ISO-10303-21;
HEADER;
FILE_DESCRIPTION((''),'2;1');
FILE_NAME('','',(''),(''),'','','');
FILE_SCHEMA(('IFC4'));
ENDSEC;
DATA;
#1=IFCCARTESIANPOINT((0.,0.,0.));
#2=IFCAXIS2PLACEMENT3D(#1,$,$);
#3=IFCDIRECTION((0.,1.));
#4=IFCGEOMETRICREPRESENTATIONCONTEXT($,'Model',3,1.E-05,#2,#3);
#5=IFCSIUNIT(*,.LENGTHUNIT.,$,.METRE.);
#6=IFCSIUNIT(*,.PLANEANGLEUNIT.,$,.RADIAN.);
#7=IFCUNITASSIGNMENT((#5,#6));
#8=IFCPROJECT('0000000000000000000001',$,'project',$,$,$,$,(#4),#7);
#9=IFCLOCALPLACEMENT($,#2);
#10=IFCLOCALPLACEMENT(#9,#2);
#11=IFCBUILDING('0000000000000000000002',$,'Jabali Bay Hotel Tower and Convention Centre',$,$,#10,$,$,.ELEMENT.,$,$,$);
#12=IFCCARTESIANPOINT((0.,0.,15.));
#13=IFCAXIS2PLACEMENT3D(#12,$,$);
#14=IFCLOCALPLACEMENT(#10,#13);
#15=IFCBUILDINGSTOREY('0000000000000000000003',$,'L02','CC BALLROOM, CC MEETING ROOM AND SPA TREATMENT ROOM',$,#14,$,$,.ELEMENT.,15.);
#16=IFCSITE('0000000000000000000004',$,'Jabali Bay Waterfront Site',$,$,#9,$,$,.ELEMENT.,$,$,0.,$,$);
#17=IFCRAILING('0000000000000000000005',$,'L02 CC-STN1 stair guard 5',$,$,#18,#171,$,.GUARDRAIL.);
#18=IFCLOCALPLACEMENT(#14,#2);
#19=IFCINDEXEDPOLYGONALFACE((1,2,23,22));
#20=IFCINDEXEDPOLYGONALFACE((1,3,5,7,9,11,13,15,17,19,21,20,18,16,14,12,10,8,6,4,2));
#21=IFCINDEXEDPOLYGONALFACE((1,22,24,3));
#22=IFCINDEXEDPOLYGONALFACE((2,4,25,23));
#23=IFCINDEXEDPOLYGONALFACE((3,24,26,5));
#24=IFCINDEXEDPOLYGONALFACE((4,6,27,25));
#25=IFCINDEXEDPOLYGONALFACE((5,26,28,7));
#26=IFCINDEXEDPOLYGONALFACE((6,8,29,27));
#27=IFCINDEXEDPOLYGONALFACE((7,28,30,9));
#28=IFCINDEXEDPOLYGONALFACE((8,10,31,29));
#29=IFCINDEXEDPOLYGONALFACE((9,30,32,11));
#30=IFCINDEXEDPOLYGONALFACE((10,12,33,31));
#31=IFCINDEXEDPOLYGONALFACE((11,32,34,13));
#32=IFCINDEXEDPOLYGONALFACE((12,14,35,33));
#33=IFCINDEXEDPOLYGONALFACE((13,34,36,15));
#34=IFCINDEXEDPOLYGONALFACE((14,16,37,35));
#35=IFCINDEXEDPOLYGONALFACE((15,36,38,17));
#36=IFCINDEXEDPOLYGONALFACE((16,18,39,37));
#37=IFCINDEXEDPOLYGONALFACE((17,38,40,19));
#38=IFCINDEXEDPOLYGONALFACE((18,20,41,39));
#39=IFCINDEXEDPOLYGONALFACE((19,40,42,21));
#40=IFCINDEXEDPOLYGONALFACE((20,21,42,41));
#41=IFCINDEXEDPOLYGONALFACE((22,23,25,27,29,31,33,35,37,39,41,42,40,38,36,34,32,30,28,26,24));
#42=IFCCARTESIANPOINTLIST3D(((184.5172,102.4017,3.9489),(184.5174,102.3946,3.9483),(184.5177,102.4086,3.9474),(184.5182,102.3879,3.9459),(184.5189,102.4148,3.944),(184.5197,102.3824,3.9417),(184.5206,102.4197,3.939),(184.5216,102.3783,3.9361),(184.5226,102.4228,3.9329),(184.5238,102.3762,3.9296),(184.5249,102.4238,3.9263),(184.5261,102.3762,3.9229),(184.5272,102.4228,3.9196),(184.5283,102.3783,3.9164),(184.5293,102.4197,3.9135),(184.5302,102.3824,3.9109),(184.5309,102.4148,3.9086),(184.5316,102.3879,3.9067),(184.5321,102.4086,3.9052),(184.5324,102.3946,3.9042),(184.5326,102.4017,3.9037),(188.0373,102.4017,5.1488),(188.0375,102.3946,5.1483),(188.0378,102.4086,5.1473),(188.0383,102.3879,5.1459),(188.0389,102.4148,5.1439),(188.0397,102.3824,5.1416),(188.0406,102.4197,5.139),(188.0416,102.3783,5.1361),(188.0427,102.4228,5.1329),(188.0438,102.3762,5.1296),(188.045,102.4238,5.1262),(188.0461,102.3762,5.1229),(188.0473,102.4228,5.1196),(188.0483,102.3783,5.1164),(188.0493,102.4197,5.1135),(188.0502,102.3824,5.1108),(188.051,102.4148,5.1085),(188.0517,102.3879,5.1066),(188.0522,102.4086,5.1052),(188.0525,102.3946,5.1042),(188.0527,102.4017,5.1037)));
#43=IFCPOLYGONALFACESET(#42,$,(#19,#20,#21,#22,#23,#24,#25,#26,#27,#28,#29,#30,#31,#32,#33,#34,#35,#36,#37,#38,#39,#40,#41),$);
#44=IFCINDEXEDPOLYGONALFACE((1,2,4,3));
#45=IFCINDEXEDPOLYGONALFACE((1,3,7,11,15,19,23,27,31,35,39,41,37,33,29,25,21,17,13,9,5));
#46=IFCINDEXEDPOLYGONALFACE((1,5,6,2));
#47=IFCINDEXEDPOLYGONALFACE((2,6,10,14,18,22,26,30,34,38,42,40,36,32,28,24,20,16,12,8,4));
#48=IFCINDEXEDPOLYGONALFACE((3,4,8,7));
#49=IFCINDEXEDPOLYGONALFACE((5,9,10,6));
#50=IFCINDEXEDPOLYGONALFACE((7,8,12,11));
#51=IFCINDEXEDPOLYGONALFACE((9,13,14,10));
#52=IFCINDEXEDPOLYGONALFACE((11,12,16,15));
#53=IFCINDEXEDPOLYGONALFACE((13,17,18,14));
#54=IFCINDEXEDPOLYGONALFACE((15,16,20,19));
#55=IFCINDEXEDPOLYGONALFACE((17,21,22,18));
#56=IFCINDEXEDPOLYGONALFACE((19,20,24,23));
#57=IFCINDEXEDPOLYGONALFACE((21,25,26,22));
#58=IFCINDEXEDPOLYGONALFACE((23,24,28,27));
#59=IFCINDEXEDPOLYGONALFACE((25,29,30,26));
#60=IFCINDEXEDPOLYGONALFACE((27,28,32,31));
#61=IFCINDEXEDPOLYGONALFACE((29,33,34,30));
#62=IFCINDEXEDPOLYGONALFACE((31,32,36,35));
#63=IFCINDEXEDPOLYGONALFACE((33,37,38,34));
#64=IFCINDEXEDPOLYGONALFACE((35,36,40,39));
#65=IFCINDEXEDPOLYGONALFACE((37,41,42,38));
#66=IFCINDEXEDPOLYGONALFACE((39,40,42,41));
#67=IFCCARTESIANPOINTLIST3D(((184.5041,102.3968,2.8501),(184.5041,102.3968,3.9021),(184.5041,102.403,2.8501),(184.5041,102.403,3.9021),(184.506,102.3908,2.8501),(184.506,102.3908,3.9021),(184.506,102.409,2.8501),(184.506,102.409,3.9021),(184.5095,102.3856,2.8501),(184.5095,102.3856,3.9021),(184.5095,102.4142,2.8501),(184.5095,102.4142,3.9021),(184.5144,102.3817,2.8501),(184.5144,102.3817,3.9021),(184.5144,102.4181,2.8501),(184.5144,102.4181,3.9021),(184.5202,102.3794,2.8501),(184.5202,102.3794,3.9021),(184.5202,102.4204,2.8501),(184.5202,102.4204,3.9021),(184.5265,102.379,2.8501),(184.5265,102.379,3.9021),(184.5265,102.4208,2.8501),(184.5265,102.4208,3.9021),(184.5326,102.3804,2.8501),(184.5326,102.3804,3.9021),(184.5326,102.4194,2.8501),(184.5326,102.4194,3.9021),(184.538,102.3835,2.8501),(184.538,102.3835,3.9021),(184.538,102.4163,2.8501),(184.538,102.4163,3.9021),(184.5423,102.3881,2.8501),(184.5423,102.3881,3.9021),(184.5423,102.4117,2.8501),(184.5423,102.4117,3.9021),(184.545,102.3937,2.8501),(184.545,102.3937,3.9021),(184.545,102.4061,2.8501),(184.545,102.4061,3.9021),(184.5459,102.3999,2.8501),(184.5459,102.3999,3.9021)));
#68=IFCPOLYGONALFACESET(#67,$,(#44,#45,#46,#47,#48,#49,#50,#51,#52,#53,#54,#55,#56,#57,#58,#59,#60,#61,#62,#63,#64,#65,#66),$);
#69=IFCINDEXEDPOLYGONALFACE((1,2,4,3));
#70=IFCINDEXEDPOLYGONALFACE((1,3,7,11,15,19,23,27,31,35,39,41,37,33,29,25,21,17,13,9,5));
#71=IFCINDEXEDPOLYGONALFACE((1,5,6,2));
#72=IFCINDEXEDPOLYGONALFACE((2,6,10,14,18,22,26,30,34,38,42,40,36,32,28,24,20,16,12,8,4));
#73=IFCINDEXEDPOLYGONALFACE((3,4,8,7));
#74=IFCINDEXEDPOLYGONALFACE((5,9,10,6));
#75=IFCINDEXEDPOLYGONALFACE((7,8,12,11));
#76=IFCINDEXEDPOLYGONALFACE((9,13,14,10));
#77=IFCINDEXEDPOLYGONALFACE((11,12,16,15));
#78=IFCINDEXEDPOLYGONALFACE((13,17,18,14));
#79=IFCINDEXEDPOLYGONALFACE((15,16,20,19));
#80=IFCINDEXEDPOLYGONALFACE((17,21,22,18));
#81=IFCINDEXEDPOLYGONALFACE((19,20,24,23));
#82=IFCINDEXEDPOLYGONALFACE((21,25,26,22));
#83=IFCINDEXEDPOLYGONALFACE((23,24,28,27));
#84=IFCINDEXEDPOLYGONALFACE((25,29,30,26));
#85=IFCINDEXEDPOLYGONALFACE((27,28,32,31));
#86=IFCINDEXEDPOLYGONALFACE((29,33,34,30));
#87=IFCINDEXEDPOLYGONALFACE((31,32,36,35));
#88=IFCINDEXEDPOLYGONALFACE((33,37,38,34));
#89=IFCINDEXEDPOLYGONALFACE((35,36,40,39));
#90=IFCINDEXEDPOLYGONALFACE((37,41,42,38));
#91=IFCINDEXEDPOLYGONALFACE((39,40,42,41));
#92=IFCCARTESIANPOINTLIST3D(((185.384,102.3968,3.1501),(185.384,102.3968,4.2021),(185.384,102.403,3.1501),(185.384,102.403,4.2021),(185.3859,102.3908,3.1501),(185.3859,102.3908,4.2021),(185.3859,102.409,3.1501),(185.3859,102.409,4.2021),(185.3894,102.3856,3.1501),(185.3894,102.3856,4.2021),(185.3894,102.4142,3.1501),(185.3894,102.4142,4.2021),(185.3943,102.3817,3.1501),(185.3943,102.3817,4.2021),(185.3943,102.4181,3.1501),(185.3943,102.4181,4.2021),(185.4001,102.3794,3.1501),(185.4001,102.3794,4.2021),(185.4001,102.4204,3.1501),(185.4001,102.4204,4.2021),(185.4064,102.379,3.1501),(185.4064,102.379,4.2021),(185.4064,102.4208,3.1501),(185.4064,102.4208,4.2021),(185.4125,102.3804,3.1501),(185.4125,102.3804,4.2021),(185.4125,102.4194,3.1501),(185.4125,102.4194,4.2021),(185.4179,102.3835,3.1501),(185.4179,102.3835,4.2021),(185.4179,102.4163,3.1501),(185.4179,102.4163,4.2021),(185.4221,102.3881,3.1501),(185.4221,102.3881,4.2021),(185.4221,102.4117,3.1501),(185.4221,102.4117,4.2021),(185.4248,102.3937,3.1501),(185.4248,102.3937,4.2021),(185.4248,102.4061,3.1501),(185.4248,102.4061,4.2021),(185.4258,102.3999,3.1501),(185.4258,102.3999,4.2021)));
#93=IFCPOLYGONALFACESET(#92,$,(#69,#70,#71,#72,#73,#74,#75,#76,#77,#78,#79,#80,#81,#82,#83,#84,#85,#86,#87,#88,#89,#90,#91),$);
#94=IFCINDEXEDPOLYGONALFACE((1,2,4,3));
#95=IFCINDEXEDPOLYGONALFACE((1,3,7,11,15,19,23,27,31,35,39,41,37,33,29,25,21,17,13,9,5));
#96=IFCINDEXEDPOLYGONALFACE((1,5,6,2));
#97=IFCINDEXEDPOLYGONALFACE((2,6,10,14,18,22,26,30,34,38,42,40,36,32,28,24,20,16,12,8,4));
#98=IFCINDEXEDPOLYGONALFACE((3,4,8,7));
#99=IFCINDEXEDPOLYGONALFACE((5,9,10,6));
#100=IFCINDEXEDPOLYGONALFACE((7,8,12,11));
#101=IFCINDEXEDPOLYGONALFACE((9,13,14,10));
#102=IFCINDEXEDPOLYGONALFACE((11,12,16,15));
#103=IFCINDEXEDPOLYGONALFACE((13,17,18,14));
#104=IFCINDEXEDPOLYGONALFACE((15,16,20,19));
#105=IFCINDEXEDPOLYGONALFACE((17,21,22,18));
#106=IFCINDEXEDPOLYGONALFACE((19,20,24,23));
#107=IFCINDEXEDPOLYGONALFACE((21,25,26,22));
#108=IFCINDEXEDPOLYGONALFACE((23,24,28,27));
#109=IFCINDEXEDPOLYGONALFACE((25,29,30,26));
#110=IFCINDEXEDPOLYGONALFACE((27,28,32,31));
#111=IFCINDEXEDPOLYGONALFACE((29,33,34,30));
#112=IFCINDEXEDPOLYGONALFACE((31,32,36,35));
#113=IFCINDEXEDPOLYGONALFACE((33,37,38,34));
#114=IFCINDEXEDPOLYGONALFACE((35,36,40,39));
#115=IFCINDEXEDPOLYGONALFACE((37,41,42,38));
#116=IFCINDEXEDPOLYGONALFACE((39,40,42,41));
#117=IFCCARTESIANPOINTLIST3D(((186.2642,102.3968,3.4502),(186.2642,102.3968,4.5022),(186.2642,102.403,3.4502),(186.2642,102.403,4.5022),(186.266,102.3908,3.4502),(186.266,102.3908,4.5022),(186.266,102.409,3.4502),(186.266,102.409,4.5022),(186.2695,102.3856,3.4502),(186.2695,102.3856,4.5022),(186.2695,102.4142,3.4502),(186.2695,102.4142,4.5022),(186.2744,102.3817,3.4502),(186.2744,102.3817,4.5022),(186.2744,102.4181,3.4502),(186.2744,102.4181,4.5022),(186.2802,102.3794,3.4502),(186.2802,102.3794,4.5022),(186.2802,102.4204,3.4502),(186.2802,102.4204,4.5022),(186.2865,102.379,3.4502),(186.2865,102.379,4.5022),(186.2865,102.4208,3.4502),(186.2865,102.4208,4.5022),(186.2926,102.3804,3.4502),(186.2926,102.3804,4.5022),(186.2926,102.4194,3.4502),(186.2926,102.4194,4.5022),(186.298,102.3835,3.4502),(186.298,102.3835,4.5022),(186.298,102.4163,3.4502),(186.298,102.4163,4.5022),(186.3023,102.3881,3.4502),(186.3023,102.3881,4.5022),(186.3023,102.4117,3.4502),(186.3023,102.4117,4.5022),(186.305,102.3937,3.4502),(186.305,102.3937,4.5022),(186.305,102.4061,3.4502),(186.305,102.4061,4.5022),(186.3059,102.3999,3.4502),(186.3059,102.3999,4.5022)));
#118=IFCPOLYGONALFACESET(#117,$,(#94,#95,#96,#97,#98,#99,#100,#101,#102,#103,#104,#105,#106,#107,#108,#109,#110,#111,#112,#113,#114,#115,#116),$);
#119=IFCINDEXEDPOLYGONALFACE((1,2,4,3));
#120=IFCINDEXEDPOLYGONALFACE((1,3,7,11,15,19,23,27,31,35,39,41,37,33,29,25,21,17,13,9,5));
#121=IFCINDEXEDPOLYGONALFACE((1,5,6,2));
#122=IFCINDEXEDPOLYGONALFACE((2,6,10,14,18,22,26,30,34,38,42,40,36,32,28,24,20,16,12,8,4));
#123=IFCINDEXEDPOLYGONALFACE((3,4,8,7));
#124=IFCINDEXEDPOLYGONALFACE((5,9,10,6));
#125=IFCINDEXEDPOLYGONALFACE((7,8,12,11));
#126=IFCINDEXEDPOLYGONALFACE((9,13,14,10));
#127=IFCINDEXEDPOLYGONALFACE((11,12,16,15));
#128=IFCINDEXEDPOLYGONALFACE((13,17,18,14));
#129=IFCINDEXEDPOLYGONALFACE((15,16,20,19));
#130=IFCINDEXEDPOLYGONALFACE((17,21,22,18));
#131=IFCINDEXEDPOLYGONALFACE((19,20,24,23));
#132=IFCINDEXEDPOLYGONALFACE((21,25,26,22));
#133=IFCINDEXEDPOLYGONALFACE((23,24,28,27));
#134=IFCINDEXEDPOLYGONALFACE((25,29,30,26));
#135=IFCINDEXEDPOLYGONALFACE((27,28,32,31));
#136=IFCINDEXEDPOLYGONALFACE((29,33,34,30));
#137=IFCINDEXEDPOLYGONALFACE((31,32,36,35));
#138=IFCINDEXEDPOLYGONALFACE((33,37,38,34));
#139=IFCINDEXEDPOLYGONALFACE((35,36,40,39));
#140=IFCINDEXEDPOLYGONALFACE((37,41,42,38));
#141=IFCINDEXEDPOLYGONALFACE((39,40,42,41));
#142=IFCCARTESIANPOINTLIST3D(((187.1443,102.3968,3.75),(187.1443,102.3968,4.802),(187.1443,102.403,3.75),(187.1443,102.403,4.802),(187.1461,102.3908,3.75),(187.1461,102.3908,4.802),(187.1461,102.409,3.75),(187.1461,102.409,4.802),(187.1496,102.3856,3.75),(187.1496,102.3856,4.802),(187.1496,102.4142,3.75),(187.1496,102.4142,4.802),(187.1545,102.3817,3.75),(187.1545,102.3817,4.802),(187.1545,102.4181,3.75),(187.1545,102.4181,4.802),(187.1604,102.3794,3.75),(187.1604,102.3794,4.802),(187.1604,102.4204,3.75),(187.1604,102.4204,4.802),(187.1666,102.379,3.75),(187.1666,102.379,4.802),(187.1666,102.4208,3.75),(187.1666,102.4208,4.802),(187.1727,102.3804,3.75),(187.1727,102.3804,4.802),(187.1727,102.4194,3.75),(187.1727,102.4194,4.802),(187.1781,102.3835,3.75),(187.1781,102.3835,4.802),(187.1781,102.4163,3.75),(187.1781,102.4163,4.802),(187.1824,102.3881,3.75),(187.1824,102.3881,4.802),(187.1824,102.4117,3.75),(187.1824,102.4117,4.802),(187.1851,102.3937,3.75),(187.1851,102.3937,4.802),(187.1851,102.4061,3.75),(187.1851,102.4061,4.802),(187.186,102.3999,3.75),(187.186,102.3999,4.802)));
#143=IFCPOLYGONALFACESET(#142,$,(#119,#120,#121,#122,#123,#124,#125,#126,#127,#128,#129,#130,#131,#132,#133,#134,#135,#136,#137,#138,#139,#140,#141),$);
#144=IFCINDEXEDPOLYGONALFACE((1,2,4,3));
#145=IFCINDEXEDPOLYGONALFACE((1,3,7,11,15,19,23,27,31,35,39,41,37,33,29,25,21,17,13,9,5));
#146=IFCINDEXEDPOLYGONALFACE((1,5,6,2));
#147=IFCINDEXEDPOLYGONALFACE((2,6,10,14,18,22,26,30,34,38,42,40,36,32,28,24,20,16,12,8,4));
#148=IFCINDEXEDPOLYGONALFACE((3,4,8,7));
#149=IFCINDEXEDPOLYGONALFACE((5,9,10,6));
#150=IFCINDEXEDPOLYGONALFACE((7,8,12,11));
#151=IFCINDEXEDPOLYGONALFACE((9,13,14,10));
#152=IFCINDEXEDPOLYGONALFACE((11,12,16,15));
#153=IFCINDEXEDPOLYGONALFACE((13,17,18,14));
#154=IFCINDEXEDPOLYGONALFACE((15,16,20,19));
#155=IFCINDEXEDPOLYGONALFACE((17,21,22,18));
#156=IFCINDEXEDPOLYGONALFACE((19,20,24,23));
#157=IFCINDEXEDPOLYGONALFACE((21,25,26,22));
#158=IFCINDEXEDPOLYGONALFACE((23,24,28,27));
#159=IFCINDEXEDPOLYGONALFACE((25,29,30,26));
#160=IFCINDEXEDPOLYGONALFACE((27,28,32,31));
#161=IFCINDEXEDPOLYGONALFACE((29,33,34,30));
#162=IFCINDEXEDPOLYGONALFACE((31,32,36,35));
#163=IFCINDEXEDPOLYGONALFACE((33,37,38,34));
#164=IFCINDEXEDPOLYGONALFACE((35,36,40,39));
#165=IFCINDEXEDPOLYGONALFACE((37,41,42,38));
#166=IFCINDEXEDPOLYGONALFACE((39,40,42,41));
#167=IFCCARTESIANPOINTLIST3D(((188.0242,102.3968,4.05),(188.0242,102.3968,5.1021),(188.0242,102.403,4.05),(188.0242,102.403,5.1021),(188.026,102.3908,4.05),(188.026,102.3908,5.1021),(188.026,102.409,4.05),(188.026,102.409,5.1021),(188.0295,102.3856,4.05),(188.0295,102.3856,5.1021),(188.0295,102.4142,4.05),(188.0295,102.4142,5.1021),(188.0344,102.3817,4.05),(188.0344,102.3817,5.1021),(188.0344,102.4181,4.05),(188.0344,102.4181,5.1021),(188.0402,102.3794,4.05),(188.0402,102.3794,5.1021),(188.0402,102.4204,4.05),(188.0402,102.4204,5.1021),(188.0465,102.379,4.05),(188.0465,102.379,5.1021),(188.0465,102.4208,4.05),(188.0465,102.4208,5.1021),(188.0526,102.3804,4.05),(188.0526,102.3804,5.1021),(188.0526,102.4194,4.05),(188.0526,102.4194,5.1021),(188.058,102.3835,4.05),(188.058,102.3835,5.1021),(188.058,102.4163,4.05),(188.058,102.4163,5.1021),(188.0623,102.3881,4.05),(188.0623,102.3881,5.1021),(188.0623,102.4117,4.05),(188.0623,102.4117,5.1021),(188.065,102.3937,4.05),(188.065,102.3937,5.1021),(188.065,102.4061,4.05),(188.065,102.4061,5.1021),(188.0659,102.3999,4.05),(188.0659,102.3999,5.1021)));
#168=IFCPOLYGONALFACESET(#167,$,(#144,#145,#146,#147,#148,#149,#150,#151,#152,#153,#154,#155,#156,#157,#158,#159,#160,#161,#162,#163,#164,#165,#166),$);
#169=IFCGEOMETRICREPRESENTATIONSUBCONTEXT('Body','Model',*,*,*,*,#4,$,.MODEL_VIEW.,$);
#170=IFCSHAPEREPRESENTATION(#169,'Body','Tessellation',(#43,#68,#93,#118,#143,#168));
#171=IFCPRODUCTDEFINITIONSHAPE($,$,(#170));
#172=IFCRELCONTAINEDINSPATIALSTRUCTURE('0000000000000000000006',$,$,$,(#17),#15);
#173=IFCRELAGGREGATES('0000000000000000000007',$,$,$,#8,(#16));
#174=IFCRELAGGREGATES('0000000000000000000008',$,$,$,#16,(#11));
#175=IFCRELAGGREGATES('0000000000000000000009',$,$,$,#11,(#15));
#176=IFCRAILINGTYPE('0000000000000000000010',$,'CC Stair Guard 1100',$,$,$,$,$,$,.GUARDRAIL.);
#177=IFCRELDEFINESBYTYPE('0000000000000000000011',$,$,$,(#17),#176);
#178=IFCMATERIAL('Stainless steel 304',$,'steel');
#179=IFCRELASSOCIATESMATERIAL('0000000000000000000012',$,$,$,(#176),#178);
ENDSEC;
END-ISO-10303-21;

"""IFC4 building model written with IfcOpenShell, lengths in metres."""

from ifc_helpers import new_model, si_unit, direction, frame, origin, origin_2d, place, context, subcontext, project, spatial, circle, extrude, material, type_object, element, save


model = new_model("IFC4")

# Units and contexts
model_context = context("Model", 3, precision=1e-05, world=origin(), true_north=direction((0.0, 1.0)))
body_context = subcontext(model_context, "Body", "Model", "MODEL_VIEW")
ifc_project = project(units=[si_unit("LENGTHUNIT", "METRE"), si_unit("PLANEANGLEUNIT", "RADIAN")], contexts=[model_context])

# Site, building, storey
site_placement = place(None, origin())
site = spatial("IfcSite", under=ifc_project, at=site_placement, Name="Jabali Bay Waterfront Site", CompositionType="ELEMENT", RefElevation=0.0)
building_placement = place(site_placement, origin())
building = spatial("IfcBuilding", under=site, at=building_placement, Name="Jabali Bay Hotel Tower and Convention Centre", CompositionType="ELEMENT")
storey_placement = place(building_placement, frame((0.0, 0.0, 15.0)))
storey = spatial("IfcBuildingStorey", under=building, at=storey_placement, Name="L02", Description="CC BALLROOM, CC MEETING ROOM AND SPA TREATMENT ROOM", CompositionType="ELEMENT", Elevation=15.0)

# Railing
ifc_material_1 = material(Name="Stainless steel 304", Category="steel")
railing_type = type_object("IfcRailingType", Name="CC Stair Guard 1100", PredefinedType="GUARDRAIL", material=ifc_material_1)
railing_1_placement = place(storey_placement, frame((184.5249, 102.3999, 2.8501)))
element("IfcRailing", 1, at=railing_1_placement, inside=storey, type_object=railing_type, Name="L02 CC-STN1 stair guard 5", PredefinedType="GUARDRAIL", context=body_context, shape_type="SweptSolid", body=[
    extrude(circle(Radius=0.0239, at=origin_2d()), frame((0.0, 0.0, 1.0762), z_axis=(0.946515, 0.0, 0.322661), x_axis=(0.0, 1.0, 0.0)), (0.0, 0.0, 1.0), 3.719),
    extrude(circle(Radius=0.021, at=origin_2d()), origin(), (0.0, 0.0, 1.0), 1.052),
    extrude(circle(Radius=0.021, at=origin_2d()), frame((0.8799, 0.0, 0.3)), (0.0, 0.0, 1.0), 1.052),
    extrude(circle(Radius=0.021, at=origin_2d()), frame((1.76, 0.0, 0.6001)), (0.0, 0.0, 1.0), 1.052),
    extrude(circle(Radius=0.021, at=origin_2d()), frame((2.6401, 0.0, 0.8999)), (0.0, 0.0, 1.0), 1.052),
    extrude(circle(Radius=0.021, at=origin_2d()), frame((3.52, 0.0, 1.2)), (0.0, 0.0, 1.0), 1.052),
])

save(model, "model.ifc")
